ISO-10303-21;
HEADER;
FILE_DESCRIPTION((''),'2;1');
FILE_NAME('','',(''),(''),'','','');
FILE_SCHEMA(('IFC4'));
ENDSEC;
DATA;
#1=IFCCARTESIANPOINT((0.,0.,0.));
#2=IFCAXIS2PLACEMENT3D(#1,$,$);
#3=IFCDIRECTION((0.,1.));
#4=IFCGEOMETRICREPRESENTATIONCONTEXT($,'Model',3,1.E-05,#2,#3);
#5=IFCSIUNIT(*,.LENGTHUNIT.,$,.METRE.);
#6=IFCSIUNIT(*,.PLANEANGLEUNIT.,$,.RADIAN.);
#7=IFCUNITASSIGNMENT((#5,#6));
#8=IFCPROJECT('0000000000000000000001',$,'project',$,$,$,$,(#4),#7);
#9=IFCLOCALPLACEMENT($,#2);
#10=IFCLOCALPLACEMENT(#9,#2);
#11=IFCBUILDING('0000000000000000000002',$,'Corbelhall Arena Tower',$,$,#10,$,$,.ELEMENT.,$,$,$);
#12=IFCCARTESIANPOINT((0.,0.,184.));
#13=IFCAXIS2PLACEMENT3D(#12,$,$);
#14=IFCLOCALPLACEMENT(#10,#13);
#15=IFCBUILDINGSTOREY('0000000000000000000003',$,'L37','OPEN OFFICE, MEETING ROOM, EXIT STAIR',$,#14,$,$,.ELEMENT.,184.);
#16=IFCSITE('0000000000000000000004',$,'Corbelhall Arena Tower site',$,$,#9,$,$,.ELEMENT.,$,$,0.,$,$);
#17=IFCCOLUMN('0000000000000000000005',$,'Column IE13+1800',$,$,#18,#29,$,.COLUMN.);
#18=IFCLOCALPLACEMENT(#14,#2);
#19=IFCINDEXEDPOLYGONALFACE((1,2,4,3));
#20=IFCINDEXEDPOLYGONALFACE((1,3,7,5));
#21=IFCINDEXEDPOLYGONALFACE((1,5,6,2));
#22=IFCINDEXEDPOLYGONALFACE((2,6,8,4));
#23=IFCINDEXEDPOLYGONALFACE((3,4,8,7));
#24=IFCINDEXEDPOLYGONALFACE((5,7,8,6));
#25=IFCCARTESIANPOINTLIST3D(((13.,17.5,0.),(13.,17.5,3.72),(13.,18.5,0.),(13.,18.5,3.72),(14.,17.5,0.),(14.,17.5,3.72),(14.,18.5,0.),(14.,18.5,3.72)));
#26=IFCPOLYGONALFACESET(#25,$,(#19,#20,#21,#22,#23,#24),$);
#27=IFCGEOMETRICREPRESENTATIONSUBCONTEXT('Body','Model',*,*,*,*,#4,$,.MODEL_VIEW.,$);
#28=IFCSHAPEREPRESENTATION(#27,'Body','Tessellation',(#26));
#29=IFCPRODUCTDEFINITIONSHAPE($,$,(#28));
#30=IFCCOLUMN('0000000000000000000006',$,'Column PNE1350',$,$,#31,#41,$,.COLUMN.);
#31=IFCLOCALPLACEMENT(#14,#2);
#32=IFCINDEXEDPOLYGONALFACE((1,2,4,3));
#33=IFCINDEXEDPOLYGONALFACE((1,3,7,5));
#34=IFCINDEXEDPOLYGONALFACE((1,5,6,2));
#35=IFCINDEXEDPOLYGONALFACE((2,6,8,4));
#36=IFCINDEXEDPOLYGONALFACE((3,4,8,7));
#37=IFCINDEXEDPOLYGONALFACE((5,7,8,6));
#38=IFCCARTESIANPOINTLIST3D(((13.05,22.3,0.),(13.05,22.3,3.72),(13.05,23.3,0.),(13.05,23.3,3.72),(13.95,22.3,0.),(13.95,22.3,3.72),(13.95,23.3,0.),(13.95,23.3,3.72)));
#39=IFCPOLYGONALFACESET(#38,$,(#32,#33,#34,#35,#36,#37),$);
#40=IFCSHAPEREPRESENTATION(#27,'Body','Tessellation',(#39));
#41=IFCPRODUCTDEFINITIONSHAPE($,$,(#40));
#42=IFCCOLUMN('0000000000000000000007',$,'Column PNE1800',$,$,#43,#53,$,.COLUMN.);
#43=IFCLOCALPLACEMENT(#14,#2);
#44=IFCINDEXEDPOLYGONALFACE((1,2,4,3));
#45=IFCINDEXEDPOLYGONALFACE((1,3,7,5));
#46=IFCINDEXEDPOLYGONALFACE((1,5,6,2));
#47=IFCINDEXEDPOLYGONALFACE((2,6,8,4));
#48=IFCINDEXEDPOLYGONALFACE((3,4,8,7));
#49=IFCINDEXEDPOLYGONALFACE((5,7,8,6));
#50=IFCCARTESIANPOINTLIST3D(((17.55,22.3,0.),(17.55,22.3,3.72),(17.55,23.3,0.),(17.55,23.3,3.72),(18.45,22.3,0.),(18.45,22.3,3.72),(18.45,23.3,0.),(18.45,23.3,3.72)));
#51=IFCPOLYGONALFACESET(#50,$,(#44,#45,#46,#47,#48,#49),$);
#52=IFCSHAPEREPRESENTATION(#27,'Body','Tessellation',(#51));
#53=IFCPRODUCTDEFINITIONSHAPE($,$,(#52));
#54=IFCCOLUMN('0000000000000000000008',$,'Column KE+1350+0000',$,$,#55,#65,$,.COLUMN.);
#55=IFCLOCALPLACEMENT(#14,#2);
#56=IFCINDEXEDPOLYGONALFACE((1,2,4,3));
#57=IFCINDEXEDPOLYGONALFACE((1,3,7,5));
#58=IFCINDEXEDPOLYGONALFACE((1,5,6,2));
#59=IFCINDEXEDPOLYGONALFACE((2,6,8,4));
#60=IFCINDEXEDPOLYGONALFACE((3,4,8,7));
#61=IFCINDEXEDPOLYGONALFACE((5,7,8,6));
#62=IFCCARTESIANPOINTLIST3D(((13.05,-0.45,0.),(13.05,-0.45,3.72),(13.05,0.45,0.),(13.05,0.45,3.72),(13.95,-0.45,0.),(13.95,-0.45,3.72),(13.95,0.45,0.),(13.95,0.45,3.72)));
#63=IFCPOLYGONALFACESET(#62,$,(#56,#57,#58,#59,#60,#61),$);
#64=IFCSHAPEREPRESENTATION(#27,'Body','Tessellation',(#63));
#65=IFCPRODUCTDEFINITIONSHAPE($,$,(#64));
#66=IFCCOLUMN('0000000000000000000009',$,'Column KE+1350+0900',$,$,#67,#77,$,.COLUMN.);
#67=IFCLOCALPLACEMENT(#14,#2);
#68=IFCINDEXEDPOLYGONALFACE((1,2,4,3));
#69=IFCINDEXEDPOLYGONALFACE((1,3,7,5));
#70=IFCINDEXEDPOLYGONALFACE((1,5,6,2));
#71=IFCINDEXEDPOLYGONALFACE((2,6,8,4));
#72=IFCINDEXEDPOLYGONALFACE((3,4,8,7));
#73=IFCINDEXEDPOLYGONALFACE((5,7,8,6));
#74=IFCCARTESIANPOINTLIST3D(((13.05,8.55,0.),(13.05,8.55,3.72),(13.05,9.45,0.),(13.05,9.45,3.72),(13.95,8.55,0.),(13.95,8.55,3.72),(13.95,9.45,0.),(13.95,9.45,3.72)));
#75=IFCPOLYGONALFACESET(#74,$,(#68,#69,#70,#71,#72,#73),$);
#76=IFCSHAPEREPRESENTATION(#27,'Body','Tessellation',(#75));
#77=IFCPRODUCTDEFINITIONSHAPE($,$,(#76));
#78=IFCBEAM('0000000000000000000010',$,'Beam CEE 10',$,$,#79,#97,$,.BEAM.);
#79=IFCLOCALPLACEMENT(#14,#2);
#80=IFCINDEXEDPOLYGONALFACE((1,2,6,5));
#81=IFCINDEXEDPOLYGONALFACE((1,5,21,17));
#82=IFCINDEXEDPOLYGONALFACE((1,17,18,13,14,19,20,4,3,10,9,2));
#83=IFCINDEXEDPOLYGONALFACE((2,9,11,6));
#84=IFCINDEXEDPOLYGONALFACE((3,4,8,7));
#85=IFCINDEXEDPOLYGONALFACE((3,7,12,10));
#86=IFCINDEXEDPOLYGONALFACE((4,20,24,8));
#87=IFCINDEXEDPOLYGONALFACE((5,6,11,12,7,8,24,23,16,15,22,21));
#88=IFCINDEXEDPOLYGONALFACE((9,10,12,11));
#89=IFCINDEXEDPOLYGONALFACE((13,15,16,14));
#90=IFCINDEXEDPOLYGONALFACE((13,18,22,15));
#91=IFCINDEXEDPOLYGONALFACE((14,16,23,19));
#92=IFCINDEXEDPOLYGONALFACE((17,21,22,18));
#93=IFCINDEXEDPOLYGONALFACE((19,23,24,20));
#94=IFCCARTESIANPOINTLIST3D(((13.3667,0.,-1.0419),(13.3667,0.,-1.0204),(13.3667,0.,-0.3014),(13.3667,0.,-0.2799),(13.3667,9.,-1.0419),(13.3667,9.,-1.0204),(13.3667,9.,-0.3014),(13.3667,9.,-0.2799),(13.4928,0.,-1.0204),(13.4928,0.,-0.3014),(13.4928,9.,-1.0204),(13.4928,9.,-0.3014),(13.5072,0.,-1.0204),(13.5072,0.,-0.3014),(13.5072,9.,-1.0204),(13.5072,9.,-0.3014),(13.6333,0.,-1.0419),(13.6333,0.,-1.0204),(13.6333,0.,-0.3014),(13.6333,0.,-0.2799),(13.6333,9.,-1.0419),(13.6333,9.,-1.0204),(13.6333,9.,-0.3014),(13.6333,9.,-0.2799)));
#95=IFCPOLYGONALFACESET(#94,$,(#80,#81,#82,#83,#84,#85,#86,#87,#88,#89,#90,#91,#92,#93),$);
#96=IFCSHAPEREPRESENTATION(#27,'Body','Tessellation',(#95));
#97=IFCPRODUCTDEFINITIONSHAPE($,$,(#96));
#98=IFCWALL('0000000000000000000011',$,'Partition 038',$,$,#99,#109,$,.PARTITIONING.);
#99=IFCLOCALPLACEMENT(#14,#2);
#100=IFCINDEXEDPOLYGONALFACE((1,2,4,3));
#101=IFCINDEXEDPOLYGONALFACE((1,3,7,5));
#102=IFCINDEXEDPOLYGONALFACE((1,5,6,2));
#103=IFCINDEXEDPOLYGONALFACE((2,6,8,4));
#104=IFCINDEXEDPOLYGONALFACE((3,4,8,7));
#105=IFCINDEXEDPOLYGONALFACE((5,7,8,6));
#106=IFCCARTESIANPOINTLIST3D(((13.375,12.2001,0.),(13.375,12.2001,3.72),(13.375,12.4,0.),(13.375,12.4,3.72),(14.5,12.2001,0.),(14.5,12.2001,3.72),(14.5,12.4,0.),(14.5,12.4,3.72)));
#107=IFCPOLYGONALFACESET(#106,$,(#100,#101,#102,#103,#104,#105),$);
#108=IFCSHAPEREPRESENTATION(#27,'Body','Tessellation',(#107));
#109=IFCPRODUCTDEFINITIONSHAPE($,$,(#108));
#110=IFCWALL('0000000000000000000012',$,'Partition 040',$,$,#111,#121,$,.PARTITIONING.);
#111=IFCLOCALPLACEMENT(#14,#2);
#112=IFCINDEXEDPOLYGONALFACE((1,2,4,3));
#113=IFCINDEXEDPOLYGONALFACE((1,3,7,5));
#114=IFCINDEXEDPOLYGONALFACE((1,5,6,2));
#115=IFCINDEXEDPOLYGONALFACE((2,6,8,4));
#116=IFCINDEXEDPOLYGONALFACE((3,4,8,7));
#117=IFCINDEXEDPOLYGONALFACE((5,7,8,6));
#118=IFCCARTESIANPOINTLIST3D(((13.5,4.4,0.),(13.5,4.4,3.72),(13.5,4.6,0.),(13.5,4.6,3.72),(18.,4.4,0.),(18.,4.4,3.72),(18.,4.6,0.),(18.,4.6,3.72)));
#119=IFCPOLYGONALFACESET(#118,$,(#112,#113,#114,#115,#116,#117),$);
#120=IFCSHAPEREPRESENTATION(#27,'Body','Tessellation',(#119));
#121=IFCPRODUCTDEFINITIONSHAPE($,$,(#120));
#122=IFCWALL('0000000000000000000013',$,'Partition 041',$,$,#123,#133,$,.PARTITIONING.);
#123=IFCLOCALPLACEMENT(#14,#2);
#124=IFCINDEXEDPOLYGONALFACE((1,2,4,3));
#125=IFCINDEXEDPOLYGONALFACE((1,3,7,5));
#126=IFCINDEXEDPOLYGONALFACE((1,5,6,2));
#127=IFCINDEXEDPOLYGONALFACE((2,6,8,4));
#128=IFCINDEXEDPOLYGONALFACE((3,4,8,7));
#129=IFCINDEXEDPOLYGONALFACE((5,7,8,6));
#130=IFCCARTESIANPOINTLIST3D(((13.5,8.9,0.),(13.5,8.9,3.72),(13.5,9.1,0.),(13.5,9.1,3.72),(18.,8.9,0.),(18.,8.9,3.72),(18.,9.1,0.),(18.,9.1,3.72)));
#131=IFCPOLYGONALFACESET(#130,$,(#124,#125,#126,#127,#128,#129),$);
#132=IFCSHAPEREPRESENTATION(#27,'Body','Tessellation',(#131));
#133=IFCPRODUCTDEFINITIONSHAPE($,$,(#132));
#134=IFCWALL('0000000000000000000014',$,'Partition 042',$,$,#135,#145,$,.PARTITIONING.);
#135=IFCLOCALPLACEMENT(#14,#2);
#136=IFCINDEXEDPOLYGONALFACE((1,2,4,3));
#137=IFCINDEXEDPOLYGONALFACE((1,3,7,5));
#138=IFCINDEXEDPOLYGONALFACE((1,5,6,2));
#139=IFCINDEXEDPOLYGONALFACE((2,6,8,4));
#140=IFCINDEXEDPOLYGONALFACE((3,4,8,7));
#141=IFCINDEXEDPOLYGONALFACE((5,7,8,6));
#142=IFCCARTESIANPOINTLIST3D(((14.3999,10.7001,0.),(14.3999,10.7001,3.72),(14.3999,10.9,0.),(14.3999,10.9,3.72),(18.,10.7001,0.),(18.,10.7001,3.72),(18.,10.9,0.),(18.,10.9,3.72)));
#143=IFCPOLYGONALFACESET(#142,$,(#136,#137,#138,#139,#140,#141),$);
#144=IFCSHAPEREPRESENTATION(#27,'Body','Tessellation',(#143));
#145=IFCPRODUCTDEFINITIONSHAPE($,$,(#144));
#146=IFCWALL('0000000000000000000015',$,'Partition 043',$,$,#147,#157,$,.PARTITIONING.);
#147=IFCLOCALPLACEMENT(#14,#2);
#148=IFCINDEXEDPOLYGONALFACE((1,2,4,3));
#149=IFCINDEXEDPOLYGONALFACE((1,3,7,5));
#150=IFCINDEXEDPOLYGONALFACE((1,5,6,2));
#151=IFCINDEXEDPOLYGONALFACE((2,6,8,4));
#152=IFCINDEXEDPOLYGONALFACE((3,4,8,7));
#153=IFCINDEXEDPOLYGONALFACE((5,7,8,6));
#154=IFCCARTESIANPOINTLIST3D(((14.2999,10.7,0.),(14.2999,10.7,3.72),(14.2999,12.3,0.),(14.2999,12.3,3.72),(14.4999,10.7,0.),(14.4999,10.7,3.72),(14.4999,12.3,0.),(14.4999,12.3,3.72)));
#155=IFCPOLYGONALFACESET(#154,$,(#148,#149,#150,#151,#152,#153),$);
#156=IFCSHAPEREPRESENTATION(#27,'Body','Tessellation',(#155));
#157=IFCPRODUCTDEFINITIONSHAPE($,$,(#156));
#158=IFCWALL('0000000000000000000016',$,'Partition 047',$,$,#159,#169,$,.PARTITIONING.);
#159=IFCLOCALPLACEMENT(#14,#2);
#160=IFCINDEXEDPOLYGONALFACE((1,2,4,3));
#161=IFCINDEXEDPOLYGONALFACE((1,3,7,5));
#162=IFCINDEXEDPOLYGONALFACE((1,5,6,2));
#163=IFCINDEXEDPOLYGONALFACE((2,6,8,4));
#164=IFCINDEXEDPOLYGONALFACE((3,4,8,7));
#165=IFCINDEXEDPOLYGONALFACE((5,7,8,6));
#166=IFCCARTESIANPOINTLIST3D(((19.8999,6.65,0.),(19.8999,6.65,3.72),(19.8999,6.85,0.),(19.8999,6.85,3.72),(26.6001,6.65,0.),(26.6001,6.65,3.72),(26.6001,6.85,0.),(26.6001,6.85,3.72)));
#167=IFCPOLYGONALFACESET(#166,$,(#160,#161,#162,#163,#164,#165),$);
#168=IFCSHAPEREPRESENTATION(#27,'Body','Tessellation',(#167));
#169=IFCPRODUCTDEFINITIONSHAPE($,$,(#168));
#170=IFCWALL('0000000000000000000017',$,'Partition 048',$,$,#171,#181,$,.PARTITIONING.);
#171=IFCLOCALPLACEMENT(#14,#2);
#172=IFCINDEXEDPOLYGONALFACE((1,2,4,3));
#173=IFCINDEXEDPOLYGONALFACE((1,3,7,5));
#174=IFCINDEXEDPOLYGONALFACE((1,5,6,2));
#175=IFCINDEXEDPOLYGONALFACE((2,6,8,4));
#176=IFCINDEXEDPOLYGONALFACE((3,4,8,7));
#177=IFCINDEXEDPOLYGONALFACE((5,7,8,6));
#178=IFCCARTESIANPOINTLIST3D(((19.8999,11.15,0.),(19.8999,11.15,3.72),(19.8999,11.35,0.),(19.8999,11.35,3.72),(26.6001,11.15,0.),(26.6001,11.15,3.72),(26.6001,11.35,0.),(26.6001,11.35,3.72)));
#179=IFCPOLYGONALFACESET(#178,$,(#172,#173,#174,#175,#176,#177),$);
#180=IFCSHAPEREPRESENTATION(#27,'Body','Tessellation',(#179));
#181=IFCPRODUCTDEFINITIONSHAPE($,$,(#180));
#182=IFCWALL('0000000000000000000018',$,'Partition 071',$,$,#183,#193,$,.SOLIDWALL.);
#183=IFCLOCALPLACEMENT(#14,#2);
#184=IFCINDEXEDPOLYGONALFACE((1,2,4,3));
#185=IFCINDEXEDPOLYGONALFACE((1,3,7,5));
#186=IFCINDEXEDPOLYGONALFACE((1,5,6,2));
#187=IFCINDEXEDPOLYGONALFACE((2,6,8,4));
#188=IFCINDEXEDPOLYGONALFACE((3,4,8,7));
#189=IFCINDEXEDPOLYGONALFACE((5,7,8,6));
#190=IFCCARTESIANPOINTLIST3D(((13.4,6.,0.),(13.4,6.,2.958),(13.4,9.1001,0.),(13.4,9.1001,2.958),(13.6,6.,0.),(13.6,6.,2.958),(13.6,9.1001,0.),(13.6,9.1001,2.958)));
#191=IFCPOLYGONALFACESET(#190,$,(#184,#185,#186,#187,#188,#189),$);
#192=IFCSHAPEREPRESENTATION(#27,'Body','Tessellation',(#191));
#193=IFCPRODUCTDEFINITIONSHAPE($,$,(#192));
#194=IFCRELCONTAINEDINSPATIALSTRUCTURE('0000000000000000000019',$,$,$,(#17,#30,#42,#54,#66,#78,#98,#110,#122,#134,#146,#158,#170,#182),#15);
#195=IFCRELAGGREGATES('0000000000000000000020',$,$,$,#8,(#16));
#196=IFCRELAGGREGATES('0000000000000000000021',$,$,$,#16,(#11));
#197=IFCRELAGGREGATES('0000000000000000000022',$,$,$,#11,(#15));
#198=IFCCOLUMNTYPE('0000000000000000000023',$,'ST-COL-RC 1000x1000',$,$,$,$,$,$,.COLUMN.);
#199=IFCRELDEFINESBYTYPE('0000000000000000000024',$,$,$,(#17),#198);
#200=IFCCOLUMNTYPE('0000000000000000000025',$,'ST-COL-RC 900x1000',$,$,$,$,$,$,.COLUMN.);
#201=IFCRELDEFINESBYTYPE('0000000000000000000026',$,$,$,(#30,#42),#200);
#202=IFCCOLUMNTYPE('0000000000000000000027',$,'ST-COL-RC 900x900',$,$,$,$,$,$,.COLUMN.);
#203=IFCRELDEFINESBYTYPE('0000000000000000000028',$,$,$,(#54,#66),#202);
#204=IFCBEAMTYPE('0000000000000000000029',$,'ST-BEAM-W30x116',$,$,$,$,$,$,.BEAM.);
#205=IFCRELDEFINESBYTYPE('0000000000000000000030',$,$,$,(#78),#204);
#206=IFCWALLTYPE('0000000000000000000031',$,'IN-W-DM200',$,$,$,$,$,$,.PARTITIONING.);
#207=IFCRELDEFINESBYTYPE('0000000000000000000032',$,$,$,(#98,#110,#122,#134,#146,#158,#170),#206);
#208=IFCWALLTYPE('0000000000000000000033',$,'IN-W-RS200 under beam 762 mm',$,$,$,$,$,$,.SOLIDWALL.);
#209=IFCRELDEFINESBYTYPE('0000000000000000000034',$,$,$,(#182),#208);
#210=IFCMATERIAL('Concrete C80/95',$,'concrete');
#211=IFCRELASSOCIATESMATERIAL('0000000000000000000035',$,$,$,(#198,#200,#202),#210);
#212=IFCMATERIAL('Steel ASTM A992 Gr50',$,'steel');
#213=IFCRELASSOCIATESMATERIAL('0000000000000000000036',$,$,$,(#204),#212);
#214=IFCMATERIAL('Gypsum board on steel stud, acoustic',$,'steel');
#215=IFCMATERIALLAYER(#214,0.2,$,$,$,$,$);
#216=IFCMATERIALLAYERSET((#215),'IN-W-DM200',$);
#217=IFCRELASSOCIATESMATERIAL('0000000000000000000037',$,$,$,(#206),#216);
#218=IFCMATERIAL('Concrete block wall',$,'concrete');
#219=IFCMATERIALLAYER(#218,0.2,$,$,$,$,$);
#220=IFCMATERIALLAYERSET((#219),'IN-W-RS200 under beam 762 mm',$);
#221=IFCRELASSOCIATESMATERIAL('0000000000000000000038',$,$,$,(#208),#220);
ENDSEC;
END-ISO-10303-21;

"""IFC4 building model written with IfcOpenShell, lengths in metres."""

from ifc_helpers import new_model, si_unit, direction, frame, frame_2d, origin, origin_2d, place, context, subcontext, project, spatial, rectangle, i_section, extrude, material, layer, layer_set, material_profile, profile_set, type_object, element, save


model = new_model("IFC4")

# Units and contexts
model_context = context("Model", 3, precision=1e-05, world=origin(), true_north=direction((0.0, 1.0)))
body_context = subcontext(model_context, "Body", "Model", "MODEL_VIEW")
ifc_project = project(units=[si_unit("LENGTHUNIT", "METRE"), si_unit("PLANEANGLEUNIT", "RADIAN")], contexts=[model_context])

# Site, building, storey
site_placement = place(None, origin())
site = spatial("IfcSite", under=ifc_project, at=site_placement, Name="Corbelhall Arena Tower site", CompositionType="ELEMENT", RefElevation=0.0)
building_placement = place(site_placement, origin())
building = spatial("IfcBuilding", under=site, at=building_placement, Name="Corbelhall Arena Tower", CompositionType="ELEMENT")
storey_placement = place(building_placement, frame((0.0, 0.0, 184.0)))
storey = spatial("IfcBuildingStorey", under=building, at=storey_placement, Name="L37", Description="OPEN OFFICE, MEETING ROOM, EXIT STAIR", CompositionType="ELEMENT", Elevation=184.0)

# Columns
ifc_material_1 = material(Name="Concrete C80/95", Category="concrete")
ifc_material_profile_1 = material_profile(ifc_material_1, rectangle(XDim=1.0, YDim=1.0, at=origin_2d()))
ifc_profile_set_1 = profile_set([ifc_material_profile_1], Name="Concrete C80/95")
column_type_1 = type_object("IfcColumnType", Name="ST-COL-RC 1000x1000", PredefinedType="COLUMN", material=ifc_profile_set_1)
column_placement = place(storey_placement, frame((13.5, 18.0, 0.0), z_axis=(0.0, 0.0, 1.0), x_axis=(1.0, 0.0, 0.0)))
element("IfcColumn", 1, at=column_placement, inside=storey, type_object=column_type_1, Name="Column IE13+1800", PredefinedType="COLUMN", context=body_context, shape_type="SweptSolid", body=[
    extrude(rectangle(XDim=1.0, YDim=1.0, at=origin_2d()), origin(), (0.0, 0.0, 1.0), 3.72),
])
ifc_material_profile_2 = material_profile(ifc_material_1, rectangle(XDim=0.8999, YDim=1.0, at=origin_2d()))
ifc_profile_set_2 = profile_set([ifc_material_profile_2], Name="Concrete C80/95")
column_type_2 = type_object("IfcColumnType", Name="ST-COL-RC 900x1000", PredefinedType="COLUMN", material=ifc_profile_set_2)
for number, where, z_axis, x_axis, name in (
    (2, (13.5, 22.8, 0.0), (0.0, 0.0, 1.0), (1.0, 0.0, 0.0), "Column PNE1350"),
    (3, (18.0, 22.8, 0.0), (0.0, 0.0, 1.0), (1.0, 0.0, 0.0), "Column PNE1800"),
):
    element("IfcColumn", number, at=place(storey_placement, frame(where, z_axis=z_axis, x_axis=x_axis)), inside=storey, type_object=column_type_2, Name=name, PredefinedType="COLUMN", context=body_context, shape_type="SweptSolid", body=[
        extrude(rectangle(XDim=0.8999, YDim=1.0, at=origin_2d()), origin(), (0.0, 0.0, 1.0), 3.72),
    ])
ifc_material_profile_3 = material_profile(ifc_material_1, rectangle(XDim=0.8999, YDim=0.8999, at=origin_2d()))
ifc_profile_set_3 = profile_set([ifc_material_profile_3], Name="Concrete C80/95")
column_type_3 = type_object("IfcColumnType", Name="ST-COL-RC 900x900", PredefinedType="COLUMN", material=ifc_profile_set_3)
for number, where, z_axis, x_axis, name in (
    (4, (13.5, 0.0, 0.0), (0.0, 0.0, 1.0), (1.0, 0.0, 0.0), "Column KE+1350+0000"),
    (5, (13.5, 9.0, 0.0), (0.0, 0.0, 1.0), (1.0, 0.0, 0.0), "Column KE+1350+0900"),
):
    element("IfcColumn", number, at=place(storey_placement, frame(where, z_axis=z_axis, x_axis=x_axis)), inside=storey, type_object=column_type_3, Name=name, PredefinedType="COLUMN", context=body_context, shape_type="SweptSolid", body=[
        extrude(rectangle(XDim=0.8999, YDim=0.8999, at=origin_2d()), origin(), (0.0, 0.0, 1.0), 3.72),
    ])

# Beam
ifc_material_2 = material(Name="Steel ASTM A992 Gr50", Category="steel")
ifc_material_profile_4 = material_profile(ifc_material_2, i_section(OverallWidth=0.2666, OverallDepth=0.762, WebThickness=0.0144, FlangeThickness=0.0215, at=origin_2d()))
ifc_profile_set_4 = profile_set([ifc_material_profile_4], Name="Steel ASTM A992 Gr50")
beam_type = type_object("IfcBeamType", Name="ST-BEAM-W30x116", PredefinedType="BEAM", material=ifc_profile_set_4)
beam_placement = place(storey_placement, frame((13.5, 0.0, -0.6609), z_axis=(0.0, 1.0, 0.0), x_axis=(-1.0, 0.0, 0.0)))
element("IfcBeam", 6, at=beam_placement, inside=storey, type_object=beam_type, Name="Beam CEE 10", PredefinedType="BEAM", context=body_context, shape_type="SweptSolid", body=[
    extrude(i_section(OverallWidth=0.2666, OverallDepth=0.762, WebThickness=0.0144, FlangeThickness=0.0215, at=origin_2d()), origin(), (0.0, 0.0, 1.0), 9.0),
])

# Walls
ifc_material_3 = material(Name="Gypsum board on steel stud, acoustic", Category="steel")
ifc_layer_1 = layer(ifc_material_3, 0.2)
ifc_layer_set_1 = layer_set([ifc_layer_1], Name="IN-W-DM200")
wall_type_1 = type_object("IfcWallType", Name="IN-W-DM200", PredefinedType="PARTITIONING", material=ifc_layer_set_1)
wall_1_placement = place(storey_placement, frame((13.375, 12.3, 0.0), z_axis=(0.0, 0.0, 1.0), x_axis=(1.0, 0.0, 0.0)))
element("IfcWall", 7, at=wall_1_placement, inside=storey, type_object=wall_type_1, Name="Partition 038", PredefinedType="PARTITIONING", context=body_context, shape_type="SweptSolid", body=[
    extrude(rectangle(XDim=1.125, YDim=0.2, at=frame_2d((0.5625, 0.0))), origin(), (0.0, 0.0, 1.0), 3.72),
])
for number, where, z_axis, x_axis, name in (
    (8, (13.5, 4.5, 0.0), (0.0, 0.0, 1.0), (1.0, 0.0, 0.0), "Partition 040"),
    (9, (18.0, 9.0, 0.0), (0.0, 0.0, 1.0), (-1.0, 0.0, 0.0), "Partition 041"),
):
    element("IfcWall", number, at=place(storey_placement, frame(where, z_axis=z_axis, x_axis=x_axis)), inside=storey, type_object=wall_type_1, Name=name, PredefinedType="PARTITIONING", context=body_context, shape_type="SweptSolid", body=[
        extrude(rectangle(XDim=4.5, YDim=0.2, at=frame_2d((2.25, 0.0))), origin(), (0.0, 0.0, 1.0), 3.72),
    ])
wall_2_placement = place(storey_placement, frame((14.3999, 10.8, 0.0), z_axis=(0.0, 0.0, 1.0), x_axis=(1.0, 0.0, 0.0)))
element("IfcWall", 10, at=wall_2_placement, inside=storey, type_object=wall_type_1, Name="Partition 042", PredefinedType="PARTITIONING", context=body_context, shape_type="SweptSolid", body=[
    extrude(rectangle(XDim=3.6001, YDim=0.2, at=frame_2d((1.8, 0.0))), origin(), (0.0, 0.0, 1.0), 3.72),
])
wall_3_placement = place(storey_placement, frame((14.3999, 12.3, 0.0), z_axis=(0.0, 0.0, 1.0), x_axis=(0.0, -1.0, 0.0)))
element("IfcWall", 11, at=wall_3_placement, inside=storey, type_object=wall_type_1, Name="Partition 043", PredefinedType="PARTITIONING", context=body_context, shape_type="SweptSolid", body=[
    extrude(rectangle(XDim=1.6001, YDim=0.2, at=frame_2d((0.8, 0.0))), origin(), (0.0, 0.0, 1.0), 3.72),
])

# Walls
for number, where, z_axis, x_axis, name in (
    (12, (19.8999, 6.75, 0.0), (0.0, 0.0, 1.0), (1.0, 0.0, 0.0), "Partition 047"),
    (13, (19.8999, 11.25, 0.0), (0.0, 0.0, 1.0), (1.0, 0.0, 0.0), "Partition 048"),
):
    element("IfcWall", number, at=place(storey_placement, frame(where, z_axis=z_axis, x_axis=x_axis)), inside=storey, type_object=wall_type_1, Name=name, PredefinedType="PARTITIONING", context=body_context, shape_type="SweptSolid", body=[
        extrude(rectangle(XDim=6.7002, YDim=0.2, at=frame_2d((3.3501, 0.0))), origin(), (0.0, 0.0, 1.0), 3.72),
    ])
ifc_material_4 = material(Name="Concrete block wall", Category="concrete")
ifc_layer_2 = layer(ifc_material_4, 0.2)
ifc_layer_set_2 = layer_set([ifc_layer_2], Name="IN-W-RS200 under beam 762 mm")
wall_type_2 = type_object("IfcWallType", Name="IN-W-RS200 under beam 762 mm", PredefinedType="SOLIDWALL", material=ifc_layer_set_2)
wall_4_placement = place(storey_placement, frame((13.5, 9.1001, 0.0), z_axis=(0.0, 0.0, 1.0), x_axis=(0.0, -1.0, 0.0)))
element("IfcWall", 14, at=wall_4_placement, inside=storey, type_object=wall_type_2, Name="Partition 071", PredefinedType="SOLIDWALL", context=body_context, shape_type="SweptSolid", body=[
    extrude(rectangle(XDim=3.1001, YDim=0.2, at=frame_2d((1.55, 0.0))), origin(), (0.0, 0.0, 1.0), 2.958),
])

save(model, "model.ifc")
